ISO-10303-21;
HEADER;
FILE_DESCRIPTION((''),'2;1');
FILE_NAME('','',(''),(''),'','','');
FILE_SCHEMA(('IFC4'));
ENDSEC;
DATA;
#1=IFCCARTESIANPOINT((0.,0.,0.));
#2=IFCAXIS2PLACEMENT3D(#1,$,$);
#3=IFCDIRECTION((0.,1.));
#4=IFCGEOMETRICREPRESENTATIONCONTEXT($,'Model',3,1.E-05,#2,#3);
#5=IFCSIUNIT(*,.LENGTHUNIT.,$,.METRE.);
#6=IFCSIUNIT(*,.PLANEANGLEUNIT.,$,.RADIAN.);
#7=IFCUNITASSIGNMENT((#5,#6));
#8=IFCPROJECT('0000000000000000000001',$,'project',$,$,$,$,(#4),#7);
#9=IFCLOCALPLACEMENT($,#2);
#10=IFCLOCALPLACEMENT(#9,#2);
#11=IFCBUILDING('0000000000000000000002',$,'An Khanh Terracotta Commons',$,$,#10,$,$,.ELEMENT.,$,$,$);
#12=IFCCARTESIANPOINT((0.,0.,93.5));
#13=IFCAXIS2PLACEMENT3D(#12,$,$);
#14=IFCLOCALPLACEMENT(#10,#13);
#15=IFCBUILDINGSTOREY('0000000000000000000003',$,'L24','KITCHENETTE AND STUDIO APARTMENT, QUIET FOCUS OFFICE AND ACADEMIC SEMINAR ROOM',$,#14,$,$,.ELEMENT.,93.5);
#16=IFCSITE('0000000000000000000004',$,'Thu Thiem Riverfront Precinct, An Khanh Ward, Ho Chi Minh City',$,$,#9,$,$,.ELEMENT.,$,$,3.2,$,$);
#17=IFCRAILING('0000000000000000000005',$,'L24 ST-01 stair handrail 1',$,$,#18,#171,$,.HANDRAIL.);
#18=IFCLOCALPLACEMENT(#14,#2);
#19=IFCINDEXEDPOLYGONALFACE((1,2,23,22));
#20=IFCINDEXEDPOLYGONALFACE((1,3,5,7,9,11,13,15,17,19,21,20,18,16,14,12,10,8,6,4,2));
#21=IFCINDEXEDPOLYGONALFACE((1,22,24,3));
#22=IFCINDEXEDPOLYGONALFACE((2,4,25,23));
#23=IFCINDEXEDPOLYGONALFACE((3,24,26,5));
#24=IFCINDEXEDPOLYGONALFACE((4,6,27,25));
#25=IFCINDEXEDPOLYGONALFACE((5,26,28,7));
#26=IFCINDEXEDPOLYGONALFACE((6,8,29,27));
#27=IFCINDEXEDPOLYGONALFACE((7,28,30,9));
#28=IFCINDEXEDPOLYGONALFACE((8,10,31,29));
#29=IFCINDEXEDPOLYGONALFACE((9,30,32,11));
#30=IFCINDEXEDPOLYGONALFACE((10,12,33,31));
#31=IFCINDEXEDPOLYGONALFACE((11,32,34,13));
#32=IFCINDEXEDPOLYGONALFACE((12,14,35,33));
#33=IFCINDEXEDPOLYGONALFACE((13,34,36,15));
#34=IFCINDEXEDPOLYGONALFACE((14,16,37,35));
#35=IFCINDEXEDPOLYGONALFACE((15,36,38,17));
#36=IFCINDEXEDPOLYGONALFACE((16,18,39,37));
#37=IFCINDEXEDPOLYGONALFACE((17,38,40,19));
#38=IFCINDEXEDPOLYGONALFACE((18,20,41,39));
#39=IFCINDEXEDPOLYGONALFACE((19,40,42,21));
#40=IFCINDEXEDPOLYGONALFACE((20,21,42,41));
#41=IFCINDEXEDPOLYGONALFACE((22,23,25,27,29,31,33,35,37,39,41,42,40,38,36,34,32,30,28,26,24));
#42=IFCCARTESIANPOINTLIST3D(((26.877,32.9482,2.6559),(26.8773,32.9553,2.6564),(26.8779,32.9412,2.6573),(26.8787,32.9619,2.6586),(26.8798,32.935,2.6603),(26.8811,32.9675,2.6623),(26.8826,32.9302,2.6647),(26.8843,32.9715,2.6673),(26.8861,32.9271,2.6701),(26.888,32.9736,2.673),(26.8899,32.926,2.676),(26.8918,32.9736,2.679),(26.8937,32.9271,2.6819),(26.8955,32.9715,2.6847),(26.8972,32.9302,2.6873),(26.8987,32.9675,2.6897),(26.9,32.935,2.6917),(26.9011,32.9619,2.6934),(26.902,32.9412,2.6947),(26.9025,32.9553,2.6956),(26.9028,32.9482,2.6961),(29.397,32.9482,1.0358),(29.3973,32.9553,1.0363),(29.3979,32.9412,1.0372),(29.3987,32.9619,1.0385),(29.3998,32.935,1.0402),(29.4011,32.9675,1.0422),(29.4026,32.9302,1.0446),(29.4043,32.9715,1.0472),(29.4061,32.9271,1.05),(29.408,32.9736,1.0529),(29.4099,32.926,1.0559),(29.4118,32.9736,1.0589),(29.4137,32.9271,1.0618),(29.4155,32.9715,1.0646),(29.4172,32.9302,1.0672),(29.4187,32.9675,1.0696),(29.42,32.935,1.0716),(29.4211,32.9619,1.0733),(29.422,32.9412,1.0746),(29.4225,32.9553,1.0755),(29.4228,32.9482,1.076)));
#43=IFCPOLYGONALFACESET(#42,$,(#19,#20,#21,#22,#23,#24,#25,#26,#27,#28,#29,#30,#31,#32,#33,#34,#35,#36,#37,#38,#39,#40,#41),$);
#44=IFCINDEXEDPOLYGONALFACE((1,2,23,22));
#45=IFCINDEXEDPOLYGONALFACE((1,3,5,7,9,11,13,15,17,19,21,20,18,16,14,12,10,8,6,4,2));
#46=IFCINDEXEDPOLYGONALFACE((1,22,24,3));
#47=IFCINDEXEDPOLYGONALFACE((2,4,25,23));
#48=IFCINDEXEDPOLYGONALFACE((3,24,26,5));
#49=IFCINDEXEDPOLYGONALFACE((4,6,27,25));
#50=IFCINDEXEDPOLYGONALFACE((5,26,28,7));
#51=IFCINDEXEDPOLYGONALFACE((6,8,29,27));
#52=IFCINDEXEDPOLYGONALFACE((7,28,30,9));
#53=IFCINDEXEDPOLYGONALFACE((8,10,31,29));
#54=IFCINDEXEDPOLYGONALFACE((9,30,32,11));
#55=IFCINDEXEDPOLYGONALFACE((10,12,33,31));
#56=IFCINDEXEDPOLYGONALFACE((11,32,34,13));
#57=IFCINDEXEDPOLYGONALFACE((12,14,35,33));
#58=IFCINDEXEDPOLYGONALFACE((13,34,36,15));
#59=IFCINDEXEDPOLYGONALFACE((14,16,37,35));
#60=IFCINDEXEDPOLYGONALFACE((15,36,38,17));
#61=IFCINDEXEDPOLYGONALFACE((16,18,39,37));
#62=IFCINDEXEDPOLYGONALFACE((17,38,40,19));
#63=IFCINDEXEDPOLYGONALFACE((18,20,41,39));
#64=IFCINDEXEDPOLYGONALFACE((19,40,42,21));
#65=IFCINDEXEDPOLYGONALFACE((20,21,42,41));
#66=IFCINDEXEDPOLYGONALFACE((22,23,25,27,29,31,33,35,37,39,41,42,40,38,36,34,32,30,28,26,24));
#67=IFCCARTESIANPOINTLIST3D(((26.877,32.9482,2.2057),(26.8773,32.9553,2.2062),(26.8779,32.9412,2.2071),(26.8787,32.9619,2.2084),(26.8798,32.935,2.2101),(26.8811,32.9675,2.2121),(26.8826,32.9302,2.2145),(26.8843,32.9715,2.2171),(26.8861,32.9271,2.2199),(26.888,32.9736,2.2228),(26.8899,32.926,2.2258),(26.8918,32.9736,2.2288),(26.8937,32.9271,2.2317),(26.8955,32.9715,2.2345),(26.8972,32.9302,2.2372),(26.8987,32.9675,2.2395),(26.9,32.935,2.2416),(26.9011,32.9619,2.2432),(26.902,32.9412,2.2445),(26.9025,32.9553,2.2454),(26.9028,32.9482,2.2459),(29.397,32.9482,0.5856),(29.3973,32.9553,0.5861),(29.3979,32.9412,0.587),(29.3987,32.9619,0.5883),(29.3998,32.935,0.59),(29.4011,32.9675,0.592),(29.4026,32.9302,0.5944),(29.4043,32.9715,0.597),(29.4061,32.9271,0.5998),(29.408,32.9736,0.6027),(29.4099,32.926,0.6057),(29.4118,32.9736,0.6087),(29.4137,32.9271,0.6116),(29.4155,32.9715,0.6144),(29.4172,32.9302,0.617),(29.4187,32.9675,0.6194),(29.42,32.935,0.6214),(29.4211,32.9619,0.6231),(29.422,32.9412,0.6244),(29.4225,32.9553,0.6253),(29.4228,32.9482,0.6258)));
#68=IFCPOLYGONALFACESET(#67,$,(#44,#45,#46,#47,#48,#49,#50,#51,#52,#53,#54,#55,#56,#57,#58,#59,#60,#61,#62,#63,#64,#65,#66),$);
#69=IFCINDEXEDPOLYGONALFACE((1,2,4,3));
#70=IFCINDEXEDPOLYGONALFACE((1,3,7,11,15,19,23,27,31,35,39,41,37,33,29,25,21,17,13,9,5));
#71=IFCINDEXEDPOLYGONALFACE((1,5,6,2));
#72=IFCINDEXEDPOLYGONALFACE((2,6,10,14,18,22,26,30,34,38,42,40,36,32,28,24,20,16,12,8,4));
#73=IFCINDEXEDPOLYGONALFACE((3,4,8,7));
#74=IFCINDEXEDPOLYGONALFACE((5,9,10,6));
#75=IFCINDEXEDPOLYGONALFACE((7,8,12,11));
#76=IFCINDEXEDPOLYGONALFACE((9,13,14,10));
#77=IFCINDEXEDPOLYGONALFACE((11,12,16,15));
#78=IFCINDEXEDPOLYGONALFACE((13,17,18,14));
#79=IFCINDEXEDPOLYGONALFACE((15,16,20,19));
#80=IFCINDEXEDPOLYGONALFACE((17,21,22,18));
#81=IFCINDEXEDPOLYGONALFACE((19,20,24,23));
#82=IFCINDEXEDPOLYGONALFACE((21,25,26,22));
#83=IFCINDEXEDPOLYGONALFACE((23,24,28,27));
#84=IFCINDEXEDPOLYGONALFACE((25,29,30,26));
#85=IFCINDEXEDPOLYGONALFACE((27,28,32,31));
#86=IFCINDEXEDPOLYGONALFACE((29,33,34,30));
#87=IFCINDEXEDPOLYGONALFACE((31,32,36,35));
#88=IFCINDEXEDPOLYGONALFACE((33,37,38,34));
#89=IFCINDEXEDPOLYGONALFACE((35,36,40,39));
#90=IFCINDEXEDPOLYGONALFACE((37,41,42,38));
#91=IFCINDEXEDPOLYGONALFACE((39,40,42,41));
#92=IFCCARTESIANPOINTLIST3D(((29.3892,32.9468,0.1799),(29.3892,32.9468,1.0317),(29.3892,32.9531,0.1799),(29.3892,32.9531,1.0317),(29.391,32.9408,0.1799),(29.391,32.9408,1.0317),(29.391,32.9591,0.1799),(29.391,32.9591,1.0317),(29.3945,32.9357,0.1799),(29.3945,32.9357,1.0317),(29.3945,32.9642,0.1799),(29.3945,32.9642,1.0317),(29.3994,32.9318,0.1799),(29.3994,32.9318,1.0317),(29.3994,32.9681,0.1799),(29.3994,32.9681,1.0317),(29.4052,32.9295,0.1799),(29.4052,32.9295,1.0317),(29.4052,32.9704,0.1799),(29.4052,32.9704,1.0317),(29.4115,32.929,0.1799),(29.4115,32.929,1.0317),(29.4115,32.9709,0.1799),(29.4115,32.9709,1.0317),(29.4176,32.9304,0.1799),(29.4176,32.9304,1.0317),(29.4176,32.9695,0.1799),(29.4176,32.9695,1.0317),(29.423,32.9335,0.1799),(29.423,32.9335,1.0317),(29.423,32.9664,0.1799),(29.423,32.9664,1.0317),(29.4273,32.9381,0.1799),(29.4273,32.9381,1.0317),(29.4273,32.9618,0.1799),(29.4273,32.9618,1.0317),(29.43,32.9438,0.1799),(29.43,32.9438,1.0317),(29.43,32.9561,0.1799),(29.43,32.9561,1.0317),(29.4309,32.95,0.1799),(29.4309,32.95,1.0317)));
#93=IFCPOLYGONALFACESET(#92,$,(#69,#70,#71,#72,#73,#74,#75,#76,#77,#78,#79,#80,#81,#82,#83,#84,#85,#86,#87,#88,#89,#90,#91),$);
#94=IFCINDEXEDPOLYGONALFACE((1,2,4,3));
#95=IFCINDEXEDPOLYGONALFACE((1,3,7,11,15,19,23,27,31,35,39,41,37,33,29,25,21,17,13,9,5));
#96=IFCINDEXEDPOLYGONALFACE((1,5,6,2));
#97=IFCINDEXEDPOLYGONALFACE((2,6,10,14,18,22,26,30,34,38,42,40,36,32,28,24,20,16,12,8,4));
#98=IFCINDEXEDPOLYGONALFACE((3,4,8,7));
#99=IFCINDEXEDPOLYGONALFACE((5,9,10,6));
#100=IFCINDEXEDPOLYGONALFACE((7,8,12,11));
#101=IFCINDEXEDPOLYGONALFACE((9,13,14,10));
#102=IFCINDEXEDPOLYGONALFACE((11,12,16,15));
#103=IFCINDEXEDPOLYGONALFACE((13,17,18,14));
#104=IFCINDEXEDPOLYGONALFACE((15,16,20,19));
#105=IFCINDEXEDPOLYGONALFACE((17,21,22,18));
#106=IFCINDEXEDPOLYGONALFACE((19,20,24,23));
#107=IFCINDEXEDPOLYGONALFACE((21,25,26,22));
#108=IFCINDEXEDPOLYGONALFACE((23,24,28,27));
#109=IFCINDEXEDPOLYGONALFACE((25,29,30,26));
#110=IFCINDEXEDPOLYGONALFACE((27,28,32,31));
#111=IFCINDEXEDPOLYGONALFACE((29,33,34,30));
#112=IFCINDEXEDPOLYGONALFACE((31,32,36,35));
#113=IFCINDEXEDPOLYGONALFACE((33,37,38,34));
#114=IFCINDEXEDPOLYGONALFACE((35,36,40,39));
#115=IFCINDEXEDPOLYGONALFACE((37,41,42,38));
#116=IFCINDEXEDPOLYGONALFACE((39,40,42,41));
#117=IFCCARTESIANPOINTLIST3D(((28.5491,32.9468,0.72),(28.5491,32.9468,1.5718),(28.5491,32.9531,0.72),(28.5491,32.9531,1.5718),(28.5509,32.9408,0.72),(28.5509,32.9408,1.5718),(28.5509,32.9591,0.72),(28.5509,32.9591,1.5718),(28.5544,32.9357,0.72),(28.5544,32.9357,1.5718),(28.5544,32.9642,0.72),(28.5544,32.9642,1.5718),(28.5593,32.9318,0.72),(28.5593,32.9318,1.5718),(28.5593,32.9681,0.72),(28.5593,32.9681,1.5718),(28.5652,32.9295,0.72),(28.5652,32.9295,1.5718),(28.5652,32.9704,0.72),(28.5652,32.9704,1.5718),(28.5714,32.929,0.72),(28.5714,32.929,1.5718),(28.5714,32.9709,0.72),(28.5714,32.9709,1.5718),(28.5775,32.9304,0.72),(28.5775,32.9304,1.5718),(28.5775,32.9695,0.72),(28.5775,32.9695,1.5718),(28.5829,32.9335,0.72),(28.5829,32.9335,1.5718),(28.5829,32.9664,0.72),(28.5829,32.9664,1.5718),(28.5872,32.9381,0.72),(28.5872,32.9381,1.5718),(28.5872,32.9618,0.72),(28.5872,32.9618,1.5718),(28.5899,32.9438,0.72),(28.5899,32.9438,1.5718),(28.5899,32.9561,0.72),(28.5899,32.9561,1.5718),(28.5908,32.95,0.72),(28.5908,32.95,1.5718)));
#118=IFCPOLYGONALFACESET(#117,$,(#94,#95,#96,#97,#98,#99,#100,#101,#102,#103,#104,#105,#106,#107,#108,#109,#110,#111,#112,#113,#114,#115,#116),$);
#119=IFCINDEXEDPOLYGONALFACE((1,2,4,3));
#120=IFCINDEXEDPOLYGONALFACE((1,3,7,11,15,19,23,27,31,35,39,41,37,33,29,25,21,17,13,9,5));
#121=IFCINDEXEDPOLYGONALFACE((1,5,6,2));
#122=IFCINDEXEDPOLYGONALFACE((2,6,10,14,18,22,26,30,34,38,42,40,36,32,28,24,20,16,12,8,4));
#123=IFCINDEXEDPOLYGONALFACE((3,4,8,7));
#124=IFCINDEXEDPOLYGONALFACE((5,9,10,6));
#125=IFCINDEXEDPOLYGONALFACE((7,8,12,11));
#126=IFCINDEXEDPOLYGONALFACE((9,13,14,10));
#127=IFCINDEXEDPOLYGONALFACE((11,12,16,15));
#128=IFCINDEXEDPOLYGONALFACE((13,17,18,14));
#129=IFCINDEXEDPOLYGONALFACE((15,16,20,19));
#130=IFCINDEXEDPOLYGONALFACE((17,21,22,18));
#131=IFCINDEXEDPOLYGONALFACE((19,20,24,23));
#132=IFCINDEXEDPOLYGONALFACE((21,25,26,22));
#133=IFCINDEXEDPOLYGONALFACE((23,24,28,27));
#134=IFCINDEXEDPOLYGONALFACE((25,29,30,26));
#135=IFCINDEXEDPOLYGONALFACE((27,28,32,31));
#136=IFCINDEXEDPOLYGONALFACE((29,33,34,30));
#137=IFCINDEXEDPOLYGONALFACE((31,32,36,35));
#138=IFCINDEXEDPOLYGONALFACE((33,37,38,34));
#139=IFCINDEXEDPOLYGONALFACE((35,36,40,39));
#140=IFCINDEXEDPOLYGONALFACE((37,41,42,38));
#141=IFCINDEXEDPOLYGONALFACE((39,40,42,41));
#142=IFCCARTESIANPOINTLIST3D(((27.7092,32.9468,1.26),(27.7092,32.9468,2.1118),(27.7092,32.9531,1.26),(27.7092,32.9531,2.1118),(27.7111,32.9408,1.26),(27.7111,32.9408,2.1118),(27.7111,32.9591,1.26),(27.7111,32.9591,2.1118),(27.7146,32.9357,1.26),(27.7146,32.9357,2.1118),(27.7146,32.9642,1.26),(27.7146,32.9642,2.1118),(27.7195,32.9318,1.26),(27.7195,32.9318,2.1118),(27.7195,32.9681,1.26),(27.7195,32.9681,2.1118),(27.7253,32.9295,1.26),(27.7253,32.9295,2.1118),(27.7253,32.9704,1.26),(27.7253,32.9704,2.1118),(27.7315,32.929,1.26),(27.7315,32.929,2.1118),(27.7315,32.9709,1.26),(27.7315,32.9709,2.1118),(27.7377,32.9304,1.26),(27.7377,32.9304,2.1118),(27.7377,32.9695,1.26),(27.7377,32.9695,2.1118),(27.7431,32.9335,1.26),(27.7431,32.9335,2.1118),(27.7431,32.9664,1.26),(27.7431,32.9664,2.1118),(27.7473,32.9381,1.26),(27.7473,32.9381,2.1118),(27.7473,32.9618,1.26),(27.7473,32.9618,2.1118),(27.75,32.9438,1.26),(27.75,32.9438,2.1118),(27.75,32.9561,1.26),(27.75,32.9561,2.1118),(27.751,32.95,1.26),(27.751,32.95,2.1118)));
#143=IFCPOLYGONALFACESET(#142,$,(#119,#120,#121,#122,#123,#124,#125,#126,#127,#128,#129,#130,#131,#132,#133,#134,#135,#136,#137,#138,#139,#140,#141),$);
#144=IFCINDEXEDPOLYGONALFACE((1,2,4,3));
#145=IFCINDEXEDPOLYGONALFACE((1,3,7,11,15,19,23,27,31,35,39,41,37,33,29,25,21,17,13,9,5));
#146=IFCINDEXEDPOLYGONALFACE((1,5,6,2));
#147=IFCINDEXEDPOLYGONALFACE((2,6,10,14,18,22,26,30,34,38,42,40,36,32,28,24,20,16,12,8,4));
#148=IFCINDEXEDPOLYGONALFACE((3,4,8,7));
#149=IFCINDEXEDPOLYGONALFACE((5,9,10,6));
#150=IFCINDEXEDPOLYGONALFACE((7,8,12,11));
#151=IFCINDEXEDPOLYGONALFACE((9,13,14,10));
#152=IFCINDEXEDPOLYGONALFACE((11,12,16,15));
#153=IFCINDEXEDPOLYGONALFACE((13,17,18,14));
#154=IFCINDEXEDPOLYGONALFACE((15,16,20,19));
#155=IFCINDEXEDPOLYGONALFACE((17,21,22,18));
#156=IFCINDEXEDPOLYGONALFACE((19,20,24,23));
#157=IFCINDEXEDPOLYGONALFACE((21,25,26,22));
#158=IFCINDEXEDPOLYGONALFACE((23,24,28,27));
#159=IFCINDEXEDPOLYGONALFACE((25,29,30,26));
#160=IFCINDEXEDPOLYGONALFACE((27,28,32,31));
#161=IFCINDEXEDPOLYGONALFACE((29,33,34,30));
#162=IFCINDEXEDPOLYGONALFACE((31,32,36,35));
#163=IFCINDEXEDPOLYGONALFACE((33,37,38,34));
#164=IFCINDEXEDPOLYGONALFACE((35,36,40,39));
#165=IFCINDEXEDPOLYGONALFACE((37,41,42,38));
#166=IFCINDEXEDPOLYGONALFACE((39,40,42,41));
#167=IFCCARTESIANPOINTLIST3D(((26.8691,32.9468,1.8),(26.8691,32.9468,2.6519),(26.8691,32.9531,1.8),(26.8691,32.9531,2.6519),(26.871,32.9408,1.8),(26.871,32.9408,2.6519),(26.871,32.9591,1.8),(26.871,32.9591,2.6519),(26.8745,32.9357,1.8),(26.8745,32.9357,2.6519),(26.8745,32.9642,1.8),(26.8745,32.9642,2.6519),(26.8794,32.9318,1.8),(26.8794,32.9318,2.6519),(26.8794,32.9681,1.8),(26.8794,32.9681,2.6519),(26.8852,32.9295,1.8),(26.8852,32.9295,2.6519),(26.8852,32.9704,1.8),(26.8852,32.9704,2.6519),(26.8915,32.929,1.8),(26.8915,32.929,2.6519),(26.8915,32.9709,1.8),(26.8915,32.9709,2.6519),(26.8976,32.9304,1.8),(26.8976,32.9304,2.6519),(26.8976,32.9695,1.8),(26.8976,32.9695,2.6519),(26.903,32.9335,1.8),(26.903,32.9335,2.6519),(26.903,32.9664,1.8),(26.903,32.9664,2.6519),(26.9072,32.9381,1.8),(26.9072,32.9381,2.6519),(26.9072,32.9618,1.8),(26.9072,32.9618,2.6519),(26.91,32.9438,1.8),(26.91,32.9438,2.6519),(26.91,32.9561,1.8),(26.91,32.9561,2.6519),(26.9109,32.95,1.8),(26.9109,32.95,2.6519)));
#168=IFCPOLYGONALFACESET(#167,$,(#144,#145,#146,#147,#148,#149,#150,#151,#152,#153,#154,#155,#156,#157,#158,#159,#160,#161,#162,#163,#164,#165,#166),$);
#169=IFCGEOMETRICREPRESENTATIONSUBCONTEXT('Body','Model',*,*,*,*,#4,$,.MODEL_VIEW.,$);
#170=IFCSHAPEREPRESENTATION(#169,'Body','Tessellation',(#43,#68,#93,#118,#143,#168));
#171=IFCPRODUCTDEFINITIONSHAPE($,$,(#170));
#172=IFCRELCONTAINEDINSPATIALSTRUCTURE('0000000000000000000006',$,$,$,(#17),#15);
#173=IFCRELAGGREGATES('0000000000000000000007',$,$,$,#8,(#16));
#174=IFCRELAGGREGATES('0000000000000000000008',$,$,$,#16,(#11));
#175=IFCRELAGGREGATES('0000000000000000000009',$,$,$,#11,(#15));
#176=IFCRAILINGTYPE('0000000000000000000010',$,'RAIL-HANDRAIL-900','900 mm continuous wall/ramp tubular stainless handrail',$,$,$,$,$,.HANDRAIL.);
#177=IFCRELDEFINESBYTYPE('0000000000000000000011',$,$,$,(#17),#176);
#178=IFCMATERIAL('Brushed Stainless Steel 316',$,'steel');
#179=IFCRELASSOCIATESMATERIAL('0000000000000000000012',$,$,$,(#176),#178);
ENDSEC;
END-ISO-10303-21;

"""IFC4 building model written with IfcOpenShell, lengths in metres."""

from ifc_helpers import new_model, si_unit, direction, frame, origin, origin_2d, place, context, subcontext, project, spatial, circle, extrude, material, type_object, element, save


model = new_model("IFC4")

# Units and contexts
model_context = context("Model", 3, precision=1e-05, world=origin(), true_north=direction((0.0, 1.0)))
body_context = subcontext(model_context, "Body", "Model", "MODEL_VIEW")
ifc_project = project(units=[si_unit("LENGTHUNIT", "METRE"), si_unit("PLANEANGLEUNIT", "RADIAN")], contexts=[model_context])

# Site, building, storey
site_placement = place(None, origin())
site = spatial("IfcSite", under=ifc_project, at=site_placement, Name="Thu Thiem Riverfront Precinct, An Khanh Ward, Ho Chi Minh City", CompositionType="ELEMENT", RefElevation=3.2)
building_placement = place(site_placement, origin())
building = spatial("IfcBuilding", under=site, at=building_placement, Name="An Khanh Terracotta Commons", CompositionType="ELEMENT")
storey_placement = place(building_placement, frame((0.0, 0.0, 93.5)))
storey = spatial("IfcBuildingStorey", under=building, at=storey_placement, Name="L24", Description="KITCHENETTE AND STUDIO APARTMENT, QUIET FOCUS OFFICE AND ACADEMIC SEMINAR ROOM", CompositionType="ELEMENT", Elevation=93.5)

# Railing
ifc_material_1 = material(Name="Brushed Stainless Steel 316", Category="steel")
railing_type_1 = type_object("IfcRailingType", Name="RAIL-HANDRAIL-900", Description="900 mm continuous wall/ramp tubular stainless handrail", PredefinedType="HANDRAIL", material=ifc_material_1)
railing_1_placement = place(storey_placement, frame((29.4099, 32.95, 0.1799)))
element("IfcRailing", 1, at=railing_1_placement, inside=storey, type_object=railing_type_1, Name="L24 ST-01 stair handrail 1", PredefinedType="HANDRAIL", context=body_context, shape_type="SweptSolid", body=[
    extrude(circle(Radius=0.0239, at=origin_2d()), frame((0.0, 0.0, 0.876), z_axis=(-0.841163, 0.0, 0.540782), x_axis=(0.0, -1.0, 0.0)), (0.0, 0.0, 1.0), 2.9958),
    extrude(circle(Radius=0.0239, at=origin_2d()), frame((0.0, 0.0, 0.4258), z_axis=(-0.841163, 0.0, 0.540782), x_axis=(0.0, -1.0, 0.0)), (0.0, 0.0, 1.0), 2.9958),
    extrude(circle(Radius=0.021, at=origin_2d()), origin(), (0.0, 0.0, 1.0), 0.8518),
    extrude(circle(Radius=0.021, at=origin_2d()), frame((-0.8401, 0.0, 0.54)), (0.0, 0.0, 1.0), 0.8518),
    extrude(circle(Radius=0.021, at=origin_2d()), frame((-1.6799, 0.0, 1.0801)), (0.0, 0.0, 1.0), 0.8518),
    extrude(circle(Radius=0.021, at=origin_2d()), frame((-2.52, 0.0, 1.6201)), (0.0, 0.0, 1.0), 0.8518),
])

save(model, "model.ifc")
